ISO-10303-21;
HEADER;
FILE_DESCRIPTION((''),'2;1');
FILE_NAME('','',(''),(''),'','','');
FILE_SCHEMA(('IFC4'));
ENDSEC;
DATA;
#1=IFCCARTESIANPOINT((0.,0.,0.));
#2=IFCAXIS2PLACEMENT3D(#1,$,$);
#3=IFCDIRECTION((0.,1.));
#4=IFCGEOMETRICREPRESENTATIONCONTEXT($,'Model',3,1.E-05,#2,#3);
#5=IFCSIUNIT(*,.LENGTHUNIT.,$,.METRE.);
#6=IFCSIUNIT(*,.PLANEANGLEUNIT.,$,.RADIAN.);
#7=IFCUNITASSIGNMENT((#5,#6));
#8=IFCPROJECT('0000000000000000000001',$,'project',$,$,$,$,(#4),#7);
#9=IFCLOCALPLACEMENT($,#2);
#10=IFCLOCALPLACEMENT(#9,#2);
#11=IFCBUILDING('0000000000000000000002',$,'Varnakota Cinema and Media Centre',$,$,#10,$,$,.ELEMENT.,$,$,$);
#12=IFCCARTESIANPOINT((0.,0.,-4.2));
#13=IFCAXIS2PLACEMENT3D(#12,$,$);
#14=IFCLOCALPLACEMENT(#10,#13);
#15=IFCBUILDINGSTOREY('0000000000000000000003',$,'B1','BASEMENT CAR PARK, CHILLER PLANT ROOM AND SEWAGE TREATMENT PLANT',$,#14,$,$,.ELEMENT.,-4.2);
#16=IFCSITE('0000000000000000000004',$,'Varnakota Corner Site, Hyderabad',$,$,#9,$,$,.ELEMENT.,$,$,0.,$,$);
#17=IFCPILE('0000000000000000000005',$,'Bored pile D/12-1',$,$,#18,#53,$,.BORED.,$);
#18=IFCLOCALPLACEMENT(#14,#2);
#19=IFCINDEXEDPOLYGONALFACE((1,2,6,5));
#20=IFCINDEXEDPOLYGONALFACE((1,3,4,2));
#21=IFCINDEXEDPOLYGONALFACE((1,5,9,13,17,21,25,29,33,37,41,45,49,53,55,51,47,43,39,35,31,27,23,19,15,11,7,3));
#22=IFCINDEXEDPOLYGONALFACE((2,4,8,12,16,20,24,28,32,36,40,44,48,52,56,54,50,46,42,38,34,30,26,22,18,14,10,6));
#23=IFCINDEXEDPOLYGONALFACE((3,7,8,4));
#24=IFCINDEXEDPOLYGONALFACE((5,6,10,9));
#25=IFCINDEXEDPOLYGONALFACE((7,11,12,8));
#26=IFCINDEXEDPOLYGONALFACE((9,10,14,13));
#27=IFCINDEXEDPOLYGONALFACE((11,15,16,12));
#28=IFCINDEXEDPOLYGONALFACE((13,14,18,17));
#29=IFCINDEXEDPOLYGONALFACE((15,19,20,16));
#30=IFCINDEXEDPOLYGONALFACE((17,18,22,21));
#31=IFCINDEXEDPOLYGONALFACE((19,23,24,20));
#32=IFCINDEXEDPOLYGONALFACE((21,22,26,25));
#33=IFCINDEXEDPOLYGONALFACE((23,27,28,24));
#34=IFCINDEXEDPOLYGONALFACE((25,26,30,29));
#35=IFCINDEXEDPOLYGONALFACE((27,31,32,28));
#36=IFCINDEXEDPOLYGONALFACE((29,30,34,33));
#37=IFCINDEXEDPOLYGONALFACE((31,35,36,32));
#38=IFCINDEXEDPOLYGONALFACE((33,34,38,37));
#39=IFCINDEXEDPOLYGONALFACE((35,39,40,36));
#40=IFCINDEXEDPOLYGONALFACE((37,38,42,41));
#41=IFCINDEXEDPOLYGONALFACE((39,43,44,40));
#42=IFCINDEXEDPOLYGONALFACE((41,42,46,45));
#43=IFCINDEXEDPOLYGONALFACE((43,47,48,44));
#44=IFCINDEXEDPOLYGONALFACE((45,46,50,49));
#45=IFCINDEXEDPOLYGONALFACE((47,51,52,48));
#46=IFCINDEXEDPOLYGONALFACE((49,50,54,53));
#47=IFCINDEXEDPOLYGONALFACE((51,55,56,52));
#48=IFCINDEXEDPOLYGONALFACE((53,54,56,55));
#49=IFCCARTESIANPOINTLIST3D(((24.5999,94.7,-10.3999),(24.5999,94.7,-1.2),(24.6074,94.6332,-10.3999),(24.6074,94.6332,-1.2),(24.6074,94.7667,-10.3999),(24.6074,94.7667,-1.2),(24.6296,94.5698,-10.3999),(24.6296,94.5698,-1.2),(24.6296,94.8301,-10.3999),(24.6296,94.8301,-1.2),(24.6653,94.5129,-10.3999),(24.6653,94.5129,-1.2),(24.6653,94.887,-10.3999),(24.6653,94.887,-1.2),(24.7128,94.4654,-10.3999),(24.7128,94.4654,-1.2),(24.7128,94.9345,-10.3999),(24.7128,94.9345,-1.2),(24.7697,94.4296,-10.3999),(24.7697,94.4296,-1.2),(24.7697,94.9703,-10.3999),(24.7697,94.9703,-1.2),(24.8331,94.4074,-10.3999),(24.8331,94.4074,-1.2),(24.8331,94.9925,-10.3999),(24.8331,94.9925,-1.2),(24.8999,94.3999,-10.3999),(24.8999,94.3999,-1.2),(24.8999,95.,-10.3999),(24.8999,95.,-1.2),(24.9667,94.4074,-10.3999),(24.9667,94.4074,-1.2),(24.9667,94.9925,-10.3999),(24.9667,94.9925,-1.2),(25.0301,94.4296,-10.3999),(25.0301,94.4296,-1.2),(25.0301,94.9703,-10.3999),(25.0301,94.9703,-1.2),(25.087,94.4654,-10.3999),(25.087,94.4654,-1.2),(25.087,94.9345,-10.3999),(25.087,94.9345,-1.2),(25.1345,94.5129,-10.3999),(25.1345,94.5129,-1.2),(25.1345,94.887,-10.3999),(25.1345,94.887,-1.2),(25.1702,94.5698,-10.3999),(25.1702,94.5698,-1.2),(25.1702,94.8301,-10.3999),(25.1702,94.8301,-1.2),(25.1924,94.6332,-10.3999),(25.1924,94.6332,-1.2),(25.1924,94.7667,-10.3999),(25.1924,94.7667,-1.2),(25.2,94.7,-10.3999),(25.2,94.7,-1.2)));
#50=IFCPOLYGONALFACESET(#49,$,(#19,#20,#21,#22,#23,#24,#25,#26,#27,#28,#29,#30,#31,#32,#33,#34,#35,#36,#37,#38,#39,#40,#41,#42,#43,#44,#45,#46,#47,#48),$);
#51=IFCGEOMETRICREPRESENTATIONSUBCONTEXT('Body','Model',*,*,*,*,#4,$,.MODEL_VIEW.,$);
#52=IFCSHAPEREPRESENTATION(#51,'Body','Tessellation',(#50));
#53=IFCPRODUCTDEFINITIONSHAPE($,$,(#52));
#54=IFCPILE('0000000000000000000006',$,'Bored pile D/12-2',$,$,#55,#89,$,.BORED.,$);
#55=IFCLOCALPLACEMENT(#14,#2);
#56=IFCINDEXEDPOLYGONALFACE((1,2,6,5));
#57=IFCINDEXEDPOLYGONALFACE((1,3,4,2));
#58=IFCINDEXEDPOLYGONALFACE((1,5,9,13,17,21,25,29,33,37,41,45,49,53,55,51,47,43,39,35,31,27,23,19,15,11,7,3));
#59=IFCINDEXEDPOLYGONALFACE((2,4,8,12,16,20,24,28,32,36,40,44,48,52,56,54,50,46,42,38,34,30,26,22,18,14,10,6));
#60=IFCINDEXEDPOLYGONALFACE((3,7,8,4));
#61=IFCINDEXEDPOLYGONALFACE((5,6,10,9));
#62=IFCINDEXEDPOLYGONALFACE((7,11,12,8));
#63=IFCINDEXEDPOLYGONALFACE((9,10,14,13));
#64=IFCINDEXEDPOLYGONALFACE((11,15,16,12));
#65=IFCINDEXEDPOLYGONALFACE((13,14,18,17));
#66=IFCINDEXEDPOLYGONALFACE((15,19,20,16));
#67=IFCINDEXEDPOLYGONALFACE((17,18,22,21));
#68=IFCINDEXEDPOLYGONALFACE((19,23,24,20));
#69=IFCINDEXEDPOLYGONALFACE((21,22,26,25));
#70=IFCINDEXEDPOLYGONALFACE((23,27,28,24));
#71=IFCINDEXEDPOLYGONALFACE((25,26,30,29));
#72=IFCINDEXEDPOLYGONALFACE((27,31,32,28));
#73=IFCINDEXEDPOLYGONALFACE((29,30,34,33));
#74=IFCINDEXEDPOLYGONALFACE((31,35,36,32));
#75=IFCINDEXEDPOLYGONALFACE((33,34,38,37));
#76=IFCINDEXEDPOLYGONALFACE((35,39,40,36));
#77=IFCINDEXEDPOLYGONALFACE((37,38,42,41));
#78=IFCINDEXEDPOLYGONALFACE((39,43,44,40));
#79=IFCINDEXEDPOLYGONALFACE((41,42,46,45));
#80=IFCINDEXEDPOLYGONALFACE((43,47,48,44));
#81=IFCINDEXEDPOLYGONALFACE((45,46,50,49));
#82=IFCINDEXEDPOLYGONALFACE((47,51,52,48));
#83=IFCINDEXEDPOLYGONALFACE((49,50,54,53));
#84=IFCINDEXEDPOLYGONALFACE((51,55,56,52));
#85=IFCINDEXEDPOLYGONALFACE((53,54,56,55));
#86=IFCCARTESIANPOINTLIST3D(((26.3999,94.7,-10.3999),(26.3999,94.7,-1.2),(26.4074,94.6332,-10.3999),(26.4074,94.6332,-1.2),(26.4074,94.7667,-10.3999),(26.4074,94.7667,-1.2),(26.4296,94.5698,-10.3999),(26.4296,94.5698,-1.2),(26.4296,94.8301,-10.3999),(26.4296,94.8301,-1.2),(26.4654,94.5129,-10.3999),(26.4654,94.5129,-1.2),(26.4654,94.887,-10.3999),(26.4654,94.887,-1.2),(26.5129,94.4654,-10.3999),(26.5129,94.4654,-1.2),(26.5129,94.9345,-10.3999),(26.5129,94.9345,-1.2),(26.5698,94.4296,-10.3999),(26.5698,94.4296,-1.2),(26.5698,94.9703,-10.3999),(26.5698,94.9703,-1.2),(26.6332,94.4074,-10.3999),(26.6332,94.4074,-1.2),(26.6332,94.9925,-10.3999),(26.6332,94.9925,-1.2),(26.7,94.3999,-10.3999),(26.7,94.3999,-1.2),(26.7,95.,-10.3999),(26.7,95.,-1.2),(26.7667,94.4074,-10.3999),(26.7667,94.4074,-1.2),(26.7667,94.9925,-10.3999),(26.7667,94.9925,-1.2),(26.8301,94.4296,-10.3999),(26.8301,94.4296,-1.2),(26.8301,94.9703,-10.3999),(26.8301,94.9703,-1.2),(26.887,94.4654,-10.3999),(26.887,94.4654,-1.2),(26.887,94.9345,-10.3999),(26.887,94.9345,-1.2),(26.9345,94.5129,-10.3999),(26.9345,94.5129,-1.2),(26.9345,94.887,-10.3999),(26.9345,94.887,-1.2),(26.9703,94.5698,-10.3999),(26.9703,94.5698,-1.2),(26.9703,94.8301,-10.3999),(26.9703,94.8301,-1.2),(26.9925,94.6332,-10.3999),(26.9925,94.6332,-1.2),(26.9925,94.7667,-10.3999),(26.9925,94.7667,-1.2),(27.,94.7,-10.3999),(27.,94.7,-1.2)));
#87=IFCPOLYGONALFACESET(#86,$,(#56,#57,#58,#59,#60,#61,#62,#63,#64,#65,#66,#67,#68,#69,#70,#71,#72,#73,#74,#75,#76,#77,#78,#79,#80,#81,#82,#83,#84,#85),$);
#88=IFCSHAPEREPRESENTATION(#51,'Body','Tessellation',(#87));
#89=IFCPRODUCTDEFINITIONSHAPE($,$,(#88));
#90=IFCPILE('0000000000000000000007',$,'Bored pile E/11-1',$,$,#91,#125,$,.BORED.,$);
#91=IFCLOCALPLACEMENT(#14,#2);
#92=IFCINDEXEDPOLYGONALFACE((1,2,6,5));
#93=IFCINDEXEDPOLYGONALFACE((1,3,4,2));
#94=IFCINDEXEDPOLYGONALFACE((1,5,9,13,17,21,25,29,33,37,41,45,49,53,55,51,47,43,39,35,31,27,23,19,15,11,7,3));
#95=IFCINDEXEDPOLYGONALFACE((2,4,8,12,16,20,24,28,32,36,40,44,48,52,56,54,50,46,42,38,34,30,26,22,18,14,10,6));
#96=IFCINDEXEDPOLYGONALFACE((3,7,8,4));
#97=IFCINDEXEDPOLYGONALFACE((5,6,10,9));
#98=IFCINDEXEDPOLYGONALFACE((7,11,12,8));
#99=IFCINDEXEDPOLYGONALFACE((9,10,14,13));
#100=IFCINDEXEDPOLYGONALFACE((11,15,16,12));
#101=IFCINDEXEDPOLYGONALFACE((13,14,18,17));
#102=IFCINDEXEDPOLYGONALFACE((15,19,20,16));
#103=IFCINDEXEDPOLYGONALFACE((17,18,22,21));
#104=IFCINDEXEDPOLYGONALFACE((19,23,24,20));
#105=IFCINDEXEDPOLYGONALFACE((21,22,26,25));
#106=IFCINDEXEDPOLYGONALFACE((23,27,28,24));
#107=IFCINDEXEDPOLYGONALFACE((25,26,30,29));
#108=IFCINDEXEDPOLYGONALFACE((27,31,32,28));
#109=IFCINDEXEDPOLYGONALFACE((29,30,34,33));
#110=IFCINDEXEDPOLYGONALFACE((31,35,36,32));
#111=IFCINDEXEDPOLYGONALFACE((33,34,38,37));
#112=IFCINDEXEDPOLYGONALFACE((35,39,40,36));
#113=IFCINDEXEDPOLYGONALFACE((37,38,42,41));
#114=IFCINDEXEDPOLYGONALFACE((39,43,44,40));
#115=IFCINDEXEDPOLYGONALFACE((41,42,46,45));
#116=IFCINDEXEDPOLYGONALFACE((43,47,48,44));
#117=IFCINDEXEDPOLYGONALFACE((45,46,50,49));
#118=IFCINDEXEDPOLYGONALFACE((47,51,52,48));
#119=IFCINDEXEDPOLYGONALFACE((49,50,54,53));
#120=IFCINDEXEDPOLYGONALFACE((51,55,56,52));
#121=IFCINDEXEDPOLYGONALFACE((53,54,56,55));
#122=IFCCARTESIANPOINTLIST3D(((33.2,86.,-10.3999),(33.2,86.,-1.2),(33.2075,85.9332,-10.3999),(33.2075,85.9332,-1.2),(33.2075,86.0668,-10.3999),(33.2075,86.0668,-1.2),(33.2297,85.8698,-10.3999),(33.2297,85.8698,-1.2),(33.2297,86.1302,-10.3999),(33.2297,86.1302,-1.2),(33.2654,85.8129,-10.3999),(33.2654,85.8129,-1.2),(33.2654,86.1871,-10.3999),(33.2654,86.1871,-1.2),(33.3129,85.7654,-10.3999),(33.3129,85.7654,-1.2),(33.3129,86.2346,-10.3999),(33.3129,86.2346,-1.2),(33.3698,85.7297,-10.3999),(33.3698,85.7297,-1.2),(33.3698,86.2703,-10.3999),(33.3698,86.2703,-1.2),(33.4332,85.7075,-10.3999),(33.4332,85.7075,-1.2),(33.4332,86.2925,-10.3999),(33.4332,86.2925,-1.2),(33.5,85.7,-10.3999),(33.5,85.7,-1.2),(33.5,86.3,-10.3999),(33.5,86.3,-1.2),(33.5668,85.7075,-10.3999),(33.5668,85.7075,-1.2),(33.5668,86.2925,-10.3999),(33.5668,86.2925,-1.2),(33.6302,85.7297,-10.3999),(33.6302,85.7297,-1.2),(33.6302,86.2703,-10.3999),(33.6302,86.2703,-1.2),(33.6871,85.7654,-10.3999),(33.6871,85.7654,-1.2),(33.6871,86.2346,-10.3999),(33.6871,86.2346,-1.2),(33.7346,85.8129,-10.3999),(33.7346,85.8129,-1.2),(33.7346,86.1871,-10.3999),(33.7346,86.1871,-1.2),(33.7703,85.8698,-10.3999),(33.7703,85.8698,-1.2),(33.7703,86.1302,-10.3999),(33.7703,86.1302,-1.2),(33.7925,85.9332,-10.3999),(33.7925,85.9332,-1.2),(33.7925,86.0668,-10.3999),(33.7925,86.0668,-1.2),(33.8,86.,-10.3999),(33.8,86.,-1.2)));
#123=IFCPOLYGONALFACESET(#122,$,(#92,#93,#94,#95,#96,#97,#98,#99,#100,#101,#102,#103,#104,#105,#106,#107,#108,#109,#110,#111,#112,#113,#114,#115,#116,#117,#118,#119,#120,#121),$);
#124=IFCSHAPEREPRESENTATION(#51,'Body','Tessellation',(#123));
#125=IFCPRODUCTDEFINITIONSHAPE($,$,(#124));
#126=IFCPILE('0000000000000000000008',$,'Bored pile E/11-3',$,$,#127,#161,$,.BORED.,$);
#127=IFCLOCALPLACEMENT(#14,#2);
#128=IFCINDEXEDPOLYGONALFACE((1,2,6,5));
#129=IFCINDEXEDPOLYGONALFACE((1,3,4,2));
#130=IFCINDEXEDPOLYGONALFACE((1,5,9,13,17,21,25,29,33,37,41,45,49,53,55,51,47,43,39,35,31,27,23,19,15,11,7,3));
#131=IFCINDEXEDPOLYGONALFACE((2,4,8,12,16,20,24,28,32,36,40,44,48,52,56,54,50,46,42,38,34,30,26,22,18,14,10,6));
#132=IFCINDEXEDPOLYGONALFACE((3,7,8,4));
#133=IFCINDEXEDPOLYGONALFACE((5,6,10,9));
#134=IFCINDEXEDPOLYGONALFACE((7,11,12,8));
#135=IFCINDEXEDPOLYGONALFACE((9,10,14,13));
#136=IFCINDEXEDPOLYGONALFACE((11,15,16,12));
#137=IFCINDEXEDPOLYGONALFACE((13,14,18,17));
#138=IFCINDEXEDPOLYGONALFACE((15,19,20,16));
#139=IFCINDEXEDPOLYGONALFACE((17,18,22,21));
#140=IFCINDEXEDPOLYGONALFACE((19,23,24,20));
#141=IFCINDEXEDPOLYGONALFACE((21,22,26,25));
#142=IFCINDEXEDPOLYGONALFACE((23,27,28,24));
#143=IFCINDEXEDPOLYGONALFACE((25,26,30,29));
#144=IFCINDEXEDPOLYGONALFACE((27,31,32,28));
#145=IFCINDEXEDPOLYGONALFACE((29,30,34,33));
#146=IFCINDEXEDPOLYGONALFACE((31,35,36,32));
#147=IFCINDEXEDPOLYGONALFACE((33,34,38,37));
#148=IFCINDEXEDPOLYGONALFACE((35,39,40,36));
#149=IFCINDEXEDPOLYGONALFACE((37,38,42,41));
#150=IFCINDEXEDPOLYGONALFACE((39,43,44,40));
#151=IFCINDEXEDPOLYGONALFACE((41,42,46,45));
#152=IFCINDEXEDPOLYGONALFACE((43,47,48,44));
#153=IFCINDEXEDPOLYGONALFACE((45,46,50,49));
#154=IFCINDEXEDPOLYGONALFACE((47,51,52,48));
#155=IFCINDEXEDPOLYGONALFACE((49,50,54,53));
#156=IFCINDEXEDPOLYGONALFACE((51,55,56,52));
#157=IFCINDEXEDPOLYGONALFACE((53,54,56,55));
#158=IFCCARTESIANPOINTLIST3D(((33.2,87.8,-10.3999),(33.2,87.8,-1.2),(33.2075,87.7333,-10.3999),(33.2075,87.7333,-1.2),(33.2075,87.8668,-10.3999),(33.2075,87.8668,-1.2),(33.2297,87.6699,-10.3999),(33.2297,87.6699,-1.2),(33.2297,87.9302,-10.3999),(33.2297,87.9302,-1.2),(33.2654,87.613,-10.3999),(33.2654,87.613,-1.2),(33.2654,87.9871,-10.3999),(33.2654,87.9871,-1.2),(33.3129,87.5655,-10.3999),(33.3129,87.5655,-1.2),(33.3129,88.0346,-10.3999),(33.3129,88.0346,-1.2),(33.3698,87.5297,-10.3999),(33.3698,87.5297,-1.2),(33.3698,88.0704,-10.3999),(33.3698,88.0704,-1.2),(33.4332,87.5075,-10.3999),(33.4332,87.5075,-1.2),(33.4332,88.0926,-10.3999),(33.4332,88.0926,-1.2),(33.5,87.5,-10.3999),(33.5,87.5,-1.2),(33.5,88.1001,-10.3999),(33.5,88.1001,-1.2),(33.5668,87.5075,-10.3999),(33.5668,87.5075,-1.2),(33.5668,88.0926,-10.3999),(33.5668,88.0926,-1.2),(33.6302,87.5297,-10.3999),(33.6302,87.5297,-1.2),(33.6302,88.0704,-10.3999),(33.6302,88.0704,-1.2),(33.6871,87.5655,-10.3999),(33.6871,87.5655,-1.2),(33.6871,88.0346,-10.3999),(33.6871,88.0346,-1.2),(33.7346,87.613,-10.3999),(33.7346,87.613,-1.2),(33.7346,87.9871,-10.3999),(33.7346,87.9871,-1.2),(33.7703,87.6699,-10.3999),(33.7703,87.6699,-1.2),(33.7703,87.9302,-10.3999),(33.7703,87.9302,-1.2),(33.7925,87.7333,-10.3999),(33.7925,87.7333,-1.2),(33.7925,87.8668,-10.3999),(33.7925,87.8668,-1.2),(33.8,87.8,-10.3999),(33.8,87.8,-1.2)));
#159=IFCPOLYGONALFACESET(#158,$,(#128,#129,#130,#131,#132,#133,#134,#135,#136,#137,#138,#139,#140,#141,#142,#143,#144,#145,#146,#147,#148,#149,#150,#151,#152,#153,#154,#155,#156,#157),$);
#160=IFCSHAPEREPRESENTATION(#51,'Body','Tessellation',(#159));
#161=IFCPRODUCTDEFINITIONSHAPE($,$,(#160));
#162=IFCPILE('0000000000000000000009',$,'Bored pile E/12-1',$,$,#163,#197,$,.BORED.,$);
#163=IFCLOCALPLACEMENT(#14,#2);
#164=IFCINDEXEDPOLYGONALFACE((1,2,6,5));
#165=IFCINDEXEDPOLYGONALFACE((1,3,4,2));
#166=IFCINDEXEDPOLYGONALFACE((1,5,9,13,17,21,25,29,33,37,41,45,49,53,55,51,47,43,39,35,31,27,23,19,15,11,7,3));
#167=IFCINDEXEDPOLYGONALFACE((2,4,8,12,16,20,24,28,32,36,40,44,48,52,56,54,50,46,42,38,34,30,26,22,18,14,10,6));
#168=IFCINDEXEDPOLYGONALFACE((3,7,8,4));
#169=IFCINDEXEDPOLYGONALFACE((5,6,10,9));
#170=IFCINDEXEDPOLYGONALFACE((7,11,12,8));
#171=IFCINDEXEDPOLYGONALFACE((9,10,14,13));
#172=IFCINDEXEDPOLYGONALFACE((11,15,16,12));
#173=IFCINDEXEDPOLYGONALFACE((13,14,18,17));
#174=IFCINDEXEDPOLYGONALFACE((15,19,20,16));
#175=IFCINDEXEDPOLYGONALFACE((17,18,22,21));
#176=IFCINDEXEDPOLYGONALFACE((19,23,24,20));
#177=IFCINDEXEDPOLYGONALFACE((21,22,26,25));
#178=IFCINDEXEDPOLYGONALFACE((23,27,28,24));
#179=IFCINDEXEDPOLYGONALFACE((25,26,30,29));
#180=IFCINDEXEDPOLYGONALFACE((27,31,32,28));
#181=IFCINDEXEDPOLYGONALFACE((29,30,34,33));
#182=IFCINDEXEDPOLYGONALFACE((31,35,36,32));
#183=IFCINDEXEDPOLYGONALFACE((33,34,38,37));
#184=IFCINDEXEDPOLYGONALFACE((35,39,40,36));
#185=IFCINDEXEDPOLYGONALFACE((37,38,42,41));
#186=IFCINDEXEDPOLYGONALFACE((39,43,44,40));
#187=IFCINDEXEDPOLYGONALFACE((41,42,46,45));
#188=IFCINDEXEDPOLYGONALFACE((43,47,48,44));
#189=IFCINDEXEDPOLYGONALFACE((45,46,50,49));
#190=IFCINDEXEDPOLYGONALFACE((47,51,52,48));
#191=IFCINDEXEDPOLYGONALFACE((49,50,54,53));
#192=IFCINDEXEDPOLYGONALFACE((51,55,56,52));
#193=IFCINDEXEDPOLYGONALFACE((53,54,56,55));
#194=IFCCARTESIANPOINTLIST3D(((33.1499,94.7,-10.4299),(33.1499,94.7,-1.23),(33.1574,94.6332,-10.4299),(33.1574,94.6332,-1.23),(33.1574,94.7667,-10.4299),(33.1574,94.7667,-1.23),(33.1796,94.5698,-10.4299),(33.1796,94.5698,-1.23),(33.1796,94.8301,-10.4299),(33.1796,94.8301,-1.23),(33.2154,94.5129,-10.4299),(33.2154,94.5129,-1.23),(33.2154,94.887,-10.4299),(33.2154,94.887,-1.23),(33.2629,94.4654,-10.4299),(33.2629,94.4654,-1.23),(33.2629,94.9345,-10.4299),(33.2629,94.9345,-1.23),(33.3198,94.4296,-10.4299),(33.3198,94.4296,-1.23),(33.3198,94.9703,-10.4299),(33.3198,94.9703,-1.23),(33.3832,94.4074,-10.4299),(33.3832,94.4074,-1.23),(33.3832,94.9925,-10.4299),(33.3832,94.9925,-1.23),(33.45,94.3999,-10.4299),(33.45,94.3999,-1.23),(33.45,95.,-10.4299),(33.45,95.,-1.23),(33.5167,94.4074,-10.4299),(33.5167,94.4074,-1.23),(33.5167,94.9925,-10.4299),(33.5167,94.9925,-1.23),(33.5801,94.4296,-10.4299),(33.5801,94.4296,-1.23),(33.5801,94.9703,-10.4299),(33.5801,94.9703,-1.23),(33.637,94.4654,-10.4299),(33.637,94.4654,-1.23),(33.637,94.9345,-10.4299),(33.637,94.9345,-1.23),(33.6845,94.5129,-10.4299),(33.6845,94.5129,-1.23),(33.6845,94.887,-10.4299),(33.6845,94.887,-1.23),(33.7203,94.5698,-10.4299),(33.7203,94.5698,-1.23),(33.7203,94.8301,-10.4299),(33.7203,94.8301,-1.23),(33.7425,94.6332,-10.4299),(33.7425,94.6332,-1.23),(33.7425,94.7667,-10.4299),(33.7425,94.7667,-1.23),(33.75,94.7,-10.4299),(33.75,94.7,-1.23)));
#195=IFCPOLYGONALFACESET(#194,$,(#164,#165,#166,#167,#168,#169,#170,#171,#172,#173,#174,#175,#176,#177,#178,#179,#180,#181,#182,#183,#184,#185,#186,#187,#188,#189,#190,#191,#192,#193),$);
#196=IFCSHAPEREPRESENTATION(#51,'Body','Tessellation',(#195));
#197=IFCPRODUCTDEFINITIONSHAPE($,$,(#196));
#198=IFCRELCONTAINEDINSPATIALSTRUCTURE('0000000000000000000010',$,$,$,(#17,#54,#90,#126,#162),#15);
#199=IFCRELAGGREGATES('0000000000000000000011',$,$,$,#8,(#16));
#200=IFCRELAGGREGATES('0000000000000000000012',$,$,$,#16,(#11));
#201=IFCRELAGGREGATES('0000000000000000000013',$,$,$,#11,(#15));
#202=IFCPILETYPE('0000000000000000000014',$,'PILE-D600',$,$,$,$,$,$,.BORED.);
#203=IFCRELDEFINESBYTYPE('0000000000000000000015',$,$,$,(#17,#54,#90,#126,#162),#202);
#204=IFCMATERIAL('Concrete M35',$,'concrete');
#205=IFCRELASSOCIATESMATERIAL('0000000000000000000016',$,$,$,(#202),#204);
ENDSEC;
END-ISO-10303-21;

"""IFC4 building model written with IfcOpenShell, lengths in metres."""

from ifc_helpers import new_model, si_unit, direction, frame, origin, origin_2d, place, context, subcontext, project, spatial, circle, extrude, material, material_profile, profile_set, type_object, element, save


model = new_model("IFC4")

# Units and contexts
model_context = context("Model", 3, precision=1e-05, world=origin(), true_north=direction((0.0, 1.0)))
body_context = subcontext(model_context, "Body", "Model", "MODEL_VIEW")
ifc_project = project(units=[si_unit("LENGTHUNIT", "METRE"), si_unit("PLANEANGLEUNIT", "RADIAN")], contexts=[model_context])

# Site, building, storey
site_placement = place(None, origin())
site = spatial("IfcSite", under=ifc_project, at=site_placement, Name="Varnakota Corner Site, Hyderabad", CompositionType="ELEMENT", RefElevation=0.0)
building_placement = place(site_placement, origin())
building = spatial("IfcBuilding", under=site, at=building_placement, Name="Varnakota Cinema and Media Centre", CompositionType="ELEMENT")
storey_placement = place(building_placement, frame((0.0, 0.0, -4.2)))
storey = spatial("IfcBuildingStorey", under=building, at=storey_placement, Name="B1", Description="BASEMENT CAR PARK, CHILLER PLANT ROOM AND SEWAGE TREATMENT PLANT", CompositionType="ELEMENT", Elevation=-4.2)

# Piles
ifc_material_1 = material(Name="Concrete M35", Category="concrete")
ifc_material_profile_1 = material_profile(ifc_material_1, circle(Radius=0.3, at=origin_2d()), Name="PILE D600")
ifc_profile_set_1 = profile_set([ifc_material_profile_1], Name="Concrete M35")
pile_type_1 = type_object("IfcPileType", Name="PILE-D600", PredefinedType="BORED", material=ifc_profile_set_1)
for number, where, z_axis, x_axis, name in (
    (1, (24.8999, 94.7, -1.2), (0.0, 0.0, -1.0), (1.0, 0.0, 0.0), "Bored pile D/12-1"),
    (2, (26.7, 94.7, -1.2), (0.0, 0.0, -1.0), (1.0, 0.0, 0.0), "Bored pile D/12-2"),
    (3, (33.5, 86.0, -1.2), (0.0, 0.0, -1.0), (1.0, 0.0, 0.0), "Bored pile E/11-1"),
    (4, (33.5, 87.8, -1.2), (0.0, 0.0, -1.0), (1.0, 0.0, 0.0), "Bored pile E/11-3"),
    (5, (33.45, 94.7, -1.23), (0.0, 0.0, -1.0), (1.0, 0.0, 0.0), "Bored pile E/12-1"),
):
    element("IfcPile", number, at=place(storey_placement, frame(where, z_axis=z_axis, x_axis=x_axis)), inside=storey, type_object=pile_type_1, Name=name, PredefinedType="BORED", context=body_context, shape_type="SweptSolid", body=[
        extrude(circle(Radius=0.3, at=origin_2d()), origin(), (0.0, 0.0, 1.0), 9.2),
    ])

save(model, "model.ifc")
